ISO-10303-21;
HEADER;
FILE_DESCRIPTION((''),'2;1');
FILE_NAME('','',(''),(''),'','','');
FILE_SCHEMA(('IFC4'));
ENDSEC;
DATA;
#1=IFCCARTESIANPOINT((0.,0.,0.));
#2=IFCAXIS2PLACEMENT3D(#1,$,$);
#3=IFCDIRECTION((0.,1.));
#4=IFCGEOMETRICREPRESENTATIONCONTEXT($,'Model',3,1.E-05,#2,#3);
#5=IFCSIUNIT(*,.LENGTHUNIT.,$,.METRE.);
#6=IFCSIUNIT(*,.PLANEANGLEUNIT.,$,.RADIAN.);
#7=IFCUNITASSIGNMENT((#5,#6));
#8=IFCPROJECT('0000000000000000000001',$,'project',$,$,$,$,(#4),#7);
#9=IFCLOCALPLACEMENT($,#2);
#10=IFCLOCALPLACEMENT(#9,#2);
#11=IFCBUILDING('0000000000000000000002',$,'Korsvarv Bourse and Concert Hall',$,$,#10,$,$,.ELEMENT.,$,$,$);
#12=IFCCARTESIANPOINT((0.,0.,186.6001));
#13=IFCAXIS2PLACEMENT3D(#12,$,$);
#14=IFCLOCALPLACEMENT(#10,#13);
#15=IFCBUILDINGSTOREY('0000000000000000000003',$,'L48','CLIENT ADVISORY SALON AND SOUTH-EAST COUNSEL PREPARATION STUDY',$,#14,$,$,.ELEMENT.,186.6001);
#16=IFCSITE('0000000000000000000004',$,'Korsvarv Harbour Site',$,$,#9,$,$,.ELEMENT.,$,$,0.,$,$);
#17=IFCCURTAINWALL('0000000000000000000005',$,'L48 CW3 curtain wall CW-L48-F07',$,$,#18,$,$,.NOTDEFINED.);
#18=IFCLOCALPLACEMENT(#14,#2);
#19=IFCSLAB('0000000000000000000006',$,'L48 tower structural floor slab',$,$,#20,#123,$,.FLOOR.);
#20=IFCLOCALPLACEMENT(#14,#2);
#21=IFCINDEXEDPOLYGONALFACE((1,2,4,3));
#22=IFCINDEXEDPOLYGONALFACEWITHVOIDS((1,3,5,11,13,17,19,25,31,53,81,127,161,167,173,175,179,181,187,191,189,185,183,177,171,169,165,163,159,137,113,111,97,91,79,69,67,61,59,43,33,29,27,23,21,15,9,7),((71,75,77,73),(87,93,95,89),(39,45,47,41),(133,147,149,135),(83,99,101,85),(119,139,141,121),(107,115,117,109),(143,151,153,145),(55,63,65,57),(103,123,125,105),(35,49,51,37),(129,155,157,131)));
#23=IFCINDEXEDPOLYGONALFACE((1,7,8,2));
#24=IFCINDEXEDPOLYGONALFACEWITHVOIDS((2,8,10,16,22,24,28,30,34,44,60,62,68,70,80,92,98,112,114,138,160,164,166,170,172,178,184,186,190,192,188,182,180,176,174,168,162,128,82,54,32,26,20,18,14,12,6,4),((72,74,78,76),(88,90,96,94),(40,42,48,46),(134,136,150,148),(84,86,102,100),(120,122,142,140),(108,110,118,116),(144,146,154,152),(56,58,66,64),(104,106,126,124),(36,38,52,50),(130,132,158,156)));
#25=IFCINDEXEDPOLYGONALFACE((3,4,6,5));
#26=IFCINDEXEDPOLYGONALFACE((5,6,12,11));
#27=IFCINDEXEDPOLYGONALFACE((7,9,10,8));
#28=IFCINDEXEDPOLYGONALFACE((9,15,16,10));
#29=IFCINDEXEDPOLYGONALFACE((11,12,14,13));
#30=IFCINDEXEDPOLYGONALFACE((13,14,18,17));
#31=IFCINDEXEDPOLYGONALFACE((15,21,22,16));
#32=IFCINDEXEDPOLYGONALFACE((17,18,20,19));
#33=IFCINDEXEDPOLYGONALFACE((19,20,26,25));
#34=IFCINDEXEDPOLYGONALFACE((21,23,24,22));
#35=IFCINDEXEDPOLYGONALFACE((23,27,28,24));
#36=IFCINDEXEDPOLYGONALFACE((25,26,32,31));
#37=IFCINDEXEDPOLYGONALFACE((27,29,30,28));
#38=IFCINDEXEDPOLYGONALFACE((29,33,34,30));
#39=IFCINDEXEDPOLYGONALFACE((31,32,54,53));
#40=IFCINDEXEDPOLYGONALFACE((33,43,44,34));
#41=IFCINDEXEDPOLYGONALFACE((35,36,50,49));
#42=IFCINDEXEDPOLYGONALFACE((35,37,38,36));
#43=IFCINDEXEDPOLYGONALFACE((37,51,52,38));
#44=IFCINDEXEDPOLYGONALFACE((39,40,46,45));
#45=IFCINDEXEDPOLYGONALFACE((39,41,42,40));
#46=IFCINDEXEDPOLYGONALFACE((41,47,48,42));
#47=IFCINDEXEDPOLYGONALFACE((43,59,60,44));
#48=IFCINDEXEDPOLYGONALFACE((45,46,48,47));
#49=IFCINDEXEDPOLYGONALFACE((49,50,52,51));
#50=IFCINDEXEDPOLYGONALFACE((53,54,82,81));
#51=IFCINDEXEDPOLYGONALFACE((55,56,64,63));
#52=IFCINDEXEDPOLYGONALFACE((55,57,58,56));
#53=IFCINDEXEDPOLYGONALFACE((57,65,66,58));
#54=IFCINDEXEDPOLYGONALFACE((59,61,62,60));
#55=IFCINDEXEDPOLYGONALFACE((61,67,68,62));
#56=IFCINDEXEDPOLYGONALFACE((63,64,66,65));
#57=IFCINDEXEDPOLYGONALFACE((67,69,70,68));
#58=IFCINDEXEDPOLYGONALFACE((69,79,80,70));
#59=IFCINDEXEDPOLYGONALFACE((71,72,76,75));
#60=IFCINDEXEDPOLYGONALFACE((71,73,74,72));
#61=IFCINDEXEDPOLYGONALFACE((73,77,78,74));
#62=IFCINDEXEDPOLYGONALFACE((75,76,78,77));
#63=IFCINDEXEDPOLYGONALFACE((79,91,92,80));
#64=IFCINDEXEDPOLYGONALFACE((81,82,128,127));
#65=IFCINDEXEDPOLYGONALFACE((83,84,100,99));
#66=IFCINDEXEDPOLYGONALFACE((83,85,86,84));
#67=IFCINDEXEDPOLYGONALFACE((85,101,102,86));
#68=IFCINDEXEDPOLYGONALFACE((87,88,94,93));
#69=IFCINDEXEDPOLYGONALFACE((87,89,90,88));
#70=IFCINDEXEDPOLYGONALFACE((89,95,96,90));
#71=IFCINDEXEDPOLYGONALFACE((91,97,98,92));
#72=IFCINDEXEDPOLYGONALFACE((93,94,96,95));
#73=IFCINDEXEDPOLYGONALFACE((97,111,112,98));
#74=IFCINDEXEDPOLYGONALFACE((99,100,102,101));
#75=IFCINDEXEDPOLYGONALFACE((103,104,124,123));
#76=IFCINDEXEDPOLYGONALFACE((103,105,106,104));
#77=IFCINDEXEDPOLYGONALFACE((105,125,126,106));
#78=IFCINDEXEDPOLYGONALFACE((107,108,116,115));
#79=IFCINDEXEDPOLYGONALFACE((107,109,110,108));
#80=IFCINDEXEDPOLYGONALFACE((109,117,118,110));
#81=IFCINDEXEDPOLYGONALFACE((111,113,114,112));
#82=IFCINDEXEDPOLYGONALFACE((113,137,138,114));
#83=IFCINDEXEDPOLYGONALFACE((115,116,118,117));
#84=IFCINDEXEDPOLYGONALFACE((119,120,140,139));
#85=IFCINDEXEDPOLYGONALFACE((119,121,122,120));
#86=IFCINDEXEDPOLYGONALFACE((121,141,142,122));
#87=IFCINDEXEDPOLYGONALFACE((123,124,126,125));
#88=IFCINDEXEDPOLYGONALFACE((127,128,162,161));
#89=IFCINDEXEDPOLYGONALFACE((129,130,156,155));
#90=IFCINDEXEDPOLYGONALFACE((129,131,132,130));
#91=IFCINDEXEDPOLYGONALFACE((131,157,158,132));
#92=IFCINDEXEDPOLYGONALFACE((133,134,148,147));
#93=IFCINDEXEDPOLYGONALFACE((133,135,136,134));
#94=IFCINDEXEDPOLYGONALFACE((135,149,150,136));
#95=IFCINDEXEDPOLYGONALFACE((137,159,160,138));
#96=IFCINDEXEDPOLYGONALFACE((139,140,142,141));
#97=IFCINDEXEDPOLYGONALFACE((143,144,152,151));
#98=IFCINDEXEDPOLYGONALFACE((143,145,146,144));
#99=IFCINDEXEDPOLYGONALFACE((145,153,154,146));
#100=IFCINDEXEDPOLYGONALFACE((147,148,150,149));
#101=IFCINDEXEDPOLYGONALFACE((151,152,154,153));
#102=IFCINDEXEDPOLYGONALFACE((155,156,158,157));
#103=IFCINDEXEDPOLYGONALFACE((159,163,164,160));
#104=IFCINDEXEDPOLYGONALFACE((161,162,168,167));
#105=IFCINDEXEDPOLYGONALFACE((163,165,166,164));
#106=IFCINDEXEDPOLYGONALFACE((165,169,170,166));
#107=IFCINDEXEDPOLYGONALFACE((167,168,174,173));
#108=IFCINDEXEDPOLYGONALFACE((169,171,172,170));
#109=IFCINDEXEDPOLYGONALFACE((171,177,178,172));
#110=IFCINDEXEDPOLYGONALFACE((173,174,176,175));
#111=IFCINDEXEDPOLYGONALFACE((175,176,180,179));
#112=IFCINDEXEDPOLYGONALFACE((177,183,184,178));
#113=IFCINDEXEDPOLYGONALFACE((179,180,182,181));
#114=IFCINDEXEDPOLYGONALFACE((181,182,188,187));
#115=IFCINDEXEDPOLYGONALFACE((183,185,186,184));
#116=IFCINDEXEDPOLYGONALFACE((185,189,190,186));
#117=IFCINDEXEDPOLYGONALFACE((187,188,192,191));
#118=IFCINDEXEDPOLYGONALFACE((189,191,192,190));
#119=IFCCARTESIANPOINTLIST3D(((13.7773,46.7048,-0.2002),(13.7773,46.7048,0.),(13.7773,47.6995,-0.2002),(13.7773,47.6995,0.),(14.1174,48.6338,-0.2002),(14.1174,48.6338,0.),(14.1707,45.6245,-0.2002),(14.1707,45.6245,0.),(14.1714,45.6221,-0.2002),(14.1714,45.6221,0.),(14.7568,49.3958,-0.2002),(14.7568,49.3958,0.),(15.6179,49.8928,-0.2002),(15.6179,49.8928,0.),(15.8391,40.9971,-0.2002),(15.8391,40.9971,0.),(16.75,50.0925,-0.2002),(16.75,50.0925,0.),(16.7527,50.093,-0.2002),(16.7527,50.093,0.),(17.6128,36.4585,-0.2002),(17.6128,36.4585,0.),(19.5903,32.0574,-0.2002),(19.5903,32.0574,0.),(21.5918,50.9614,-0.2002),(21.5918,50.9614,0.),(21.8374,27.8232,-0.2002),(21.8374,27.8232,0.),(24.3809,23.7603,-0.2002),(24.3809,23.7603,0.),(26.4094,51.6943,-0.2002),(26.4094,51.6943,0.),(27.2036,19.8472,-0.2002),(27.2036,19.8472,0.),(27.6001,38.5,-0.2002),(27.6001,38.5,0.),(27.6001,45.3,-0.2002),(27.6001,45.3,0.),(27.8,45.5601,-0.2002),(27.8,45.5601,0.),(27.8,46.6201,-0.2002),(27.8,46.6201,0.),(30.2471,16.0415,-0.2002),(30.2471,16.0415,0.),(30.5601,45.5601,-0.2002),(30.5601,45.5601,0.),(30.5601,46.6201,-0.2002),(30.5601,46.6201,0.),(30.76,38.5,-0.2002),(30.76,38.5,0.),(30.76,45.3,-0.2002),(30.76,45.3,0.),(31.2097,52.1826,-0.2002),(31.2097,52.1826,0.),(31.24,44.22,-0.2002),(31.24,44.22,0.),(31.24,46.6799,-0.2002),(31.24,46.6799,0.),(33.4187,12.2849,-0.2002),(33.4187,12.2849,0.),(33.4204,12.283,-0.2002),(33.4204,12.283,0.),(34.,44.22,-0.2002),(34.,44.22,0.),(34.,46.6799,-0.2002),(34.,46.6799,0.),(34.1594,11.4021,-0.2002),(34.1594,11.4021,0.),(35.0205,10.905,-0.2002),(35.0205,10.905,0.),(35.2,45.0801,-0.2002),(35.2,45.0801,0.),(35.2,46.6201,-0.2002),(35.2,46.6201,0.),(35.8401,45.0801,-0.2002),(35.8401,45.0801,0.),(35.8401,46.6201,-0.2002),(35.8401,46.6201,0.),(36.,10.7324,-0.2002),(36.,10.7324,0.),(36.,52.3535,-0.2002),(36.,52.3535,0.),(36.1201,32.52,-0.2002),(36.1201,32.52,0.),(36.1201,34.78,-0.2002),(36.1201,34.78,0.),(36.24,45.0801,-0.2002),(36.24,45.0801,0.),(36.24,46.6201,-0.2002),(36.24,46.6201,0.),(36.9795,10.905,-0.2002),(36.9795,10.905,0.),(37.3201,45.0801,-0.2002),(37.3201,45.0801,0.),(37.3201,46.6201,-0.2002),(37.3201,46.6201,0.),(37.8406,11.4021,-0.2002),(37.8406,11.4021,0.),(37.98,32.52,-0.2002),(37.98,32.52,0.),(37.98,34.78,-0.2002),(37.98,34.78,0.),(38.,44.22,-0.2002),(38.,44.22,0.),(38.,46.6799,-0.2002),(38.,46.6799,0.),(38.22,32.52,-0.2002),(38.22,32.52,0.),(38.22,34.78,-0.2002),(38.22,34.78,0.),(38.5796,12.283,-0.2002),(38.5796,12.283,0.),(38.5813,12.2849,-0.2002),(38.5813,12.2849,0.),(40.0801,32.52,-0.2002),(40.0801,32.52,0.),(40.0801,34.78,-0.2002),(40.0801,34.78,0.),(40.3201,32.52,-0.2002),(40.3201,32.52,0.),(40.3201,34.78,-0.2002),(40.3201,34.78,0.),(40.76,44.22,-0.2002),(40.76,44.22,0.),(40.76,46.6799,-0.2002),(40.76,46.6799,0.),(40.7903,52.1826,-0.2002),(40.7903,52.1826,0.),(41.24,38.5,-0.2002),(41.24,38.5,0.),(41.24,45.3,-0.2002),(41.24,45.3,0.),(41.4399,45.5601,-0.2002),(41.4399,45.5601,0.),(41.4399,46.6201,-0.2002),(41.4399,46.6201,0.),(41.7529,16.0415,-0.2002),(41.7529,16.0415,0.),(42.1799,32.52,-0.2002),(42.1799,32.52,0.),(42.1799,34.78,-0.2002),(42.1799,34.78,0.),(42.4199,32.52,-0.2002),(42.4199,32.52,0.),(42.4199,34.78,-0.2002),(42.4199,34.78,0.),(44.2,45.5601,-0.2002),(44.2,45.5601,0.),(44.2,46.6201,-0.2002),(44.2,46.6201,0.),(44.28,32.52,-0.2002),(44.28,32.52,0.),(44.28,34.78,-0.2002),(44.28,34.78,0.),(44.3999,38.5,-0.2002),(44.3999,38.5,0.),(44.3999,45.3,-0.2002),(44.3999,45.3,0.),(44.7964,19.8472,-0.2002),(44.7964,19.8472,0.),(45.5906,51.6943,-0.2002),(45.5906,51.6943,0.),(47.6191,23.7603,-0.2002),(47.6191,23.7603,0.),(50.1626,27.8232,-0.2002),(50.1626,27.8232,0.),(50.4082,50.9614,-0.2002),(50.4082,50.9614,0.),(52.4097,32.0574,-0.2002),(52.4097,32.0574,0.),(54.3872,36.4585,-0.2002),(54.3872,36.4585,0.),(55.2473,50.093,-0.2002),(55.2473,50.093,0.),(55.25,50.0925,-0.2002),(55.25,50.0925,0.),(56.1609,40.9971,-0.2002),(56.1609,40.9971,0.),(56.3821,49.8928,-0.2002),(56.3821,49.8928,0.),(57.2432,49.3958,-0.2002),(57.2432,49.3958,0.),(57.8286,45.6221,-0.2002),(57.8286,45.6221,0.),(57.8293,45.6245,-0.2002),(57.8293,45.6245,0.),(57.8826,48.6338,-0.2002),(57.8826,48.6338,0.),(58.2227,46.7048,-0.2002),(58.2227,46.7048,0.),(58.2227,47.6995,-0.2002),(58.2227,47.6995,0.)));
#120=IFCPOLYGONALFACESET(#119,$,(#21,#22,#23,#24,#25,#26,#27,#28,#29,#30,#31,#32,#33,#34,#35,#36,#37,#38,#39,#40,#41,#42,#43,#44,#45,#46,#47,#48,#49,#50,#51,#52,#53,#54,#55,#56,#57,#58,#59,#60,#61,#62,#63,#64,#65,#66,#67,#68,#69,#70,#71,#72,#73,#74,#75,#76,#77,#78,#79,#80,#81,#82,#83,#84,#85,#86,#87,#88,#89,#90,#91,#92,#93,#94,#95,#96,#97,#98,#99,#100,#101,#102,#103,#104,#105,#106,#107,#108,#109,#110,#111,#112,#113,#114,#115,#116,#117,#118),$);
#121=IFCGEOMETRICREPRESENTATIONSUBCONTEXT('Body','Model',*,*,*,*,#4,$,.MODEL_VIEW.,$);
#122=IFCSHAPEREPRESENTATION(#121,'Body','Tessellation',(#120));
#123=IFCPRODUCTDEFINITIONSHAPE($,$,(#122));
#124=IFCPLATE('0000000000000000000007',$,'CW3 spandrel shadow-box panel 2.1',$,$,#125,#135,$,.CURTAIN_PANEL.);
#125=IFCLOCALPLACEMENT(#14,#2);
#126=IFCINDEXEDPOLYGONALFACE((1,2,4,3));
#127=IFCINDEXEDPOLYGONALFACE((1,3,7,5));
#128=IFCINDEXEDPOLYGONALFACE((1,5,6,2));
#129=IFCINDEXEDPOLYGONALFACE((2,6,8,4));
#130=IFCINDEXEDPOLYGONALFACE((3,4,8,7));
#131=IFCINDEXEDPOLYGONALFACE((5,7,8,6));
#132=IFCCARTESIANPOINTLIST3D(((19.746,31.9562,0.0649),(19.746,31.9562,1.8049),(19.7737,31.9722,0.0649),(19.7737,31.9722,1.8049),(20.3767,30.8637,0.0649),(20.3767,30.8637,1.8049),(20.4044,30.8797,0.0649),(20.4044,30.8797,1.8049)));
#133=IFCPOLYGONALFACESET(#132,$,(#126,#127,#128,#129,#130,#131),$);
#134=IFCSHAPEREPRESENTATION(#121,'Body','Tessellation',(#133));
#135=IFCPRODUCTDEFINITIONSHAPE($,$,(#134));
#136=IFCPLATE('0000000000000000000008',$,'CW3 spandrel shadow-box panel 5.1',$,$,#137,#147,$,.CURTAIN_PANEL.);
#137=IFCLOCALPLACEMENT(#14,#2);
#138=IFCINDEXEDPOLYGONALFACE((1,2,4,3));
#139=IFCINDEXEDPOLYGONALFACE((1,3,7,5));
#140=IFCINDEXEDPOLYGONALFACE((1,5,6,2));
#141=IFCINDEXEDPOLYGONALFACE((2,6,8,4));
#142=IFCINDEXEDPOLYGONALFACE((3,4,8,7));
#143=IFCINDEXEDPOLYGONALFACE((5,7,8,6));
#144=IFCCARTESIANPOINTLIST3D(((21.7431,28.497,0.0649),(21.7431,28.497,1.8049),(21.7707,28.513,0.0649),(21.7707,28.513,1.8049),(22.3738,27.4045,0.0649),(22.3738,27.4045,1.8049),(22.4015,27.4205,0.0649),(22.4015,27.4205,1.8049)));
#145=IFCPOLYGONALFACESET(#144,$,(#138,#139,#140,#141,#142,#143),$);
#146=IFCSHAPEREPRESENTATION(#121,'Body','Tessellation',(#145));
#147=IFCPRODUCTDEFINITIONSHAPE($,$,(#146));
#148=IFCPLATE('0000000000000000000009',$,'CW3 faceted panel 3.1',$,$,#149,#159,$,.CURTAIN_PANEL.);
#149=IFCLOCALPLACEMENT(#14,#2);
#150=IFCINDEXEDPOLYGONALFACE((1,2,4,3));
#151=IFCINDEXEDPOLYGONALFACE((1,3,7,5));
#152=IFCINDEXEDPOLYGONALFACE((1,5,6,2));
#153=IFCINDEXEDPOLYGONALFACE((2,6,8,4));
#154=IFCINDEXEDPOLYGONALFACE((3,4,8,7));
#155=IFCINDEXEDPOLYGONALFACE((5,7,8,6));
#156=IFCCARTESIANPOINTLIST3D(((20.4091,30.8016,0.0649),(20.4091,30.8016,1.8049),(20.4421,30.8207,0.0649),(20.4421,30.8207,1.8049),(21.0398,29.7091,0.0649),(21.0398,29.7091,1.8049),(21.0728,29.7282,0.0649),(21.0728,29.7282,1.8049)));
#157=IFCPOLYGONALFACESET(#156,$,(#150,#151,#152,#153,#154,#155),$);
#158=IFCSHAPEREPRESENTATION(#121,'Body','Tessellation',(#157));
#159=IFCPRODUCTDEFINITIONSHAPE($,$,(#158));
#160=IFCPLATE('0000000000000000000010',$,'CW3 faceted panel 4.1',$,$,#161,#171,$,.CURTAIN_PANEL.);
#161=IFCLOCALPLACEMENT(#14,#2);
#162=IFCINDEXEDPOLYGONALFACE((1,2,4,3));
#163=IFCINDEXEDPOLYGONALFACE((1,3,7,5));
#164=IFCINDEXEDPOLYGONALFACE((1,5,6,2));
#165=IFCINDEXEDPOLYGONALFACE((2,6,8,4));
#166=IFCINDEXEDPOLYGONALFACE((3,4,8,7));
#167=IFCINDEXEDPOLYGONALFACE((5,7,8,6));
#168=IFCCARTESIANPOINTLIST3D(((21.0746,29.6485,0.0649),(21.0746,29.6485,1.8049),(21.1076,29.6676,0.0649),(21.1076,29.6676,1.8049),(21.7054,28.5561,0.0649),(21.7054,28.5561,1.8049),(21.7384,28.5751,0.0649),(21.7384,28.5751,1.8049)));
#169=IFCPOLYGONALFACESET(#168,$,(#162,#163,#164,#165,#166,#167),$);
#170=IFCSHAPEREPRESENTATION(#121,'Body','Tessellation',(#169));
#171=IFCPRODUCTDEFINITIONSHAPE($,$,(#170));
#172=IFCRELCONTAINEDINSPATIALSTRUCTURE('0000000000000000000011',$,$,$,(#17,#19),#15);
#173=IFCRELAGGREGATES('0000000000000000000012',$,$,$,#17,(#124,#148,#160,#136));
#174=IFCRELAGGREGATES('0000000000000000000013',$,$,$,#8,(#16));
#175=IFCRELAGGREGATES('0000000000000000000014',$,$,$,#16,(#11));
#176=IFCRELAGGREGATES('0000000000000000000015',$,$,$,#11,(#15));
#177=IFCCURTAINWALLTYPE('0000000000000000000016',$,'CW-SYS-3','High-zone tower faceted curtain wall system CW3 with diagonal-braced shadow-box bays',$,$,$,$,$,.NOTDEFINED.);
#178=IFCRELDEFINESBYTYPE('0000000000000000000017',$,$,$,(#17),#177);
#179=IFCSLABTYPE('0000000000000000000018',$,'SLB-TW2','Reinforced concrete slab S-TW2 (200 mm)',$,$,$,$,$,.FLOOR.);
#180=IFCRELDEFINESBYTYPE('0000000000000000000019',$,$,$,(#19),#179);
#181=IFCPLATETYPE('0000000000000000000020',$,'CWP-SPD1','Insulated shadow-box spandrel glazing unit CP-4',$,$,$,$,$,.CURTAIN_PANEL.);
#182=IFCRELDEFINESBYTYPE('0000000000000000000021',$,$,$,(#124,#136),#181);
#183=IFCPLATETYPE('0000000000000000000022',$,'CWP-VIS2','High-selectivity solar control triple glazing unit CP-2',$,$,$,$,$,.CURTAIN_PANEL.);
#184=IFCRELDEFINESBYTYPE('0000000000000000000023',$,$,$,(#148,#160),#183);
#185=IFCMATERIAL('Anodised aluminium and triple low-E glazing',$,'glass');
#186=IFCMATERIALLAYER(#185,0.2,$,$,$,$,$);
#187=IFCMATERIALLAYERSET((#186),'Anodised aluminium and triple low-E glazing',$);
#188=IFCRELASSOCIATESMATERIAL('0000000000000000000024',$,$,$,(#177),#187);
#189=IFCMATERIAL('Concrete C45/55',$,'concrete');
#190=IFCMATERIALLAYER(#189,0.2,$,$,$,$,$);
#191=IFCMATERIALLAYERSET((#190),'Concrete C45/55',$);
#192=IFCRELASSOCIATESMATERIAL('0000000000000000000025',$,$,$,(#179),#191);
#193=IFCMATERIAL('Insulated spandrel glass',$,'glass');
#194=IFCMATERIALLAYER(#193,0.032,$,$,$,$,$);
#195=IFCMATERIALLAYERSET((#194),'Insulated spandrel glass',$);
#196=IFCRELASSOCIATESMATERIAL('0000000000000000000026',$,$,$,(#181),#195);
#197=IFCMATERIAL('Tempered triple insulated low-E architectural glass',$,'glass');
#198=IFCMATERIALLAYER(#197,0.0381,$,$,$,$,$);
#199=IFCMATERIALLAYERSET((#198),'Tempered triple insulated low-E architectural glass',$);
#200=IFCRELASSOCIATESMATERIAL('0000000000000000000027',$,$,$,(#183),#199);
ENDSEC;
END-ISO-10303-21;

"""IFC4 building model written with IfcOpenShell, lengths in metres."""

from ifc_helpers import new_model, si_unit, direction, frame, origin, origin_2d, place, context, subcontext, project, spatial, polyline, rectangle, outline, extrude, source, transform, mapped, material, layer, layer_set, type_object, element, aggregate, save


model = new_model("IFC4")

# Units and contexts
model_context = context("Model", 3, precision=1e-05, world=origin(), true_north=direction((0.0, 1.0)))
body_context = subcontext(model_context, "Body", "Model", "MODEL_VIEW")
ifc_project = project(units=[si_unit("LENGTHUNIT", "METRE"), si_unit("PLANEANGLEUNIT", "RADIAN")], contexts=[model_context])

# Site, building, storey
site_placement = place(None, origin())
site = spatial("IfcSite", under=ifc_project, at=site_placement, Name="Korsvarv Harbour Site", CompositionType="ELEMENT", RefElevation=0.0)
building_placement = place(site_placement, origin())
building = spatial("IfcBuilding", under=site, at=building_placement, Name="Korsvarv Bourse and Concert Hall", CompositionType="ELEMENT")
storey_placement = place(building_placement, frame((0.0, 0.0, 186.6001)))
storey = spatial("IfcBuildingStorey", under=building, at=storey_placement, Name="L48", Description="CLIENT ADVISORY SALON AND SOUTH-EAST COUNSEL PREPARATION STUDY", CompositionType="ELEMENT", Elevation=186.6001)

# Curtain wall
ifc_material_1 = material(Name="Anodised aluminium and triple low-E glazing", Category="glass")
ifc_layer_1 = layer(ifc_material_1, 0.2)
ifc_layer_set_1 = layer_set([ifc_layer_1], Name="Anodised aluminium and triple low-E glazing")
curtain_wall_type = type_object("IfcCurtainWallType", Name="CW-SYS-3", Description="High-zone tower faceted curtain wall system CW3 with diagonal-braced shadow-box bays", PredefinedType="NOTDEFINED", material=ifc_layer_set_1)
curtain_wall_placement = place(storey_placement, origin())
curtain_wall = element("IfcCurtainWall", 1, at=curtain_wall_placement, inside=storey, type_object=curtain_wall_type, Name="L48 CW3 curtain wall CW-L48-F07", PredefinedType="NOTDEFINED")

# Slab
ifc_material_2 = material(Name="Concrete C45/55", Category="concrete")
ifc_layer_2 = layer(ifc_material_2, 0.2)
ifc_layer_set_2 = layer_set([ifc_layer_2], Name="Concrete C45/55")
slab_type_1 = type_object("IfcSlabType", Name="SLB-TW2", Description="Reinforced concrete slab S-TW2 (200 mm)", PredefinedType="FLOOR", material=ifc_layer_set_2)
slab_1_placement = place(storey_placement, frame((0.0, 0.0, -0.2002)))
element("IfcSlab", 2, at=slab_1_placement, inside=storey, type_object=slab_type_1, Name="L48 tower structural floor slab", PredefinedType="FLOOR", context=body_context, shape_type="SweptSolid", body=[
    extrude(outline(polyline([(57.8286, 45.6221), (56.1609, 40.9971), (54.3872, 36.4585), (52.4097, 32.0574), (50.1626, 27.8232), (47.6191, 23.7603), (44.7964, 19.8472), (41.7529, 16.0415), (38.5813, 12.2849), (38.5796, 12.283), (37.8406, 11.4021), (36.9795, 10.905), (36.0, 10.7324), (35.0205, 10.905), (34.1594, 11.4021), (33.4204, 12.283), (33.4187, 12.2849), (30.2471, 16.0415), (27.2036, 19.8472), (24.3809, 23.7603), (21.8374, 27.8232), (19.5903, 32.0574), (17.6128, 36.4585), (15.8391, 40.9971), (14.1714, 45.6221), (14.1707, 45.6245), (13.7773, 46.7048), (13.7773, 47.6995), (14.1174, 48.6338), (14.7568, 49.3958), (15.6179, 49.8928), (16.75, 50.0925), (16.7527, 50.093), (21.5918, 50.9614), (26.4094, 51.6943), (31.2097, 52.1826), (36.0, 52.3535), (40.7903, 52.1826), (45.5906, 51.6943), (50.4082, 50.9614), (55.2473, 50.093), (55.25, 50.0925), (56.3821, 49.8928), (57.2432, 49.3958), (57.8826, 48.6338), (58.2227, 47.6995), (58.2227, 46.7048), (57.8293, 45.6245), (57.8286, 45.6221)]), holes=[polyline([(30.76, 38.5), (30.76, 45.3), (27.6001, 45.3), (27.6001, 38.5), (30.76, 38.5)]), polyline([(44.3999, 38.5), (44.3999, 45.3), (41.24, 45.3), (41.24, 38.5), (44.3999, 38.5)]), polyline([(31.24, 44.22), (34.0, 44.22), (34.0, 46.6799), (31.24, 46.6799), (31.24, 44.22)]), polyline([(38.0, 44.22), (40.76, 44.22), (40.76, 46.6799), (38.0, 46.6799), (38.0, 44.22)]), polyline([(36.1201, 32.52), (37.98, 32.52), (37.98, 34.78), (36.1201, 34.78), (36.1201, 32.52)]), polyline([(38.22, 32.52), (40.0801, 32.52), (40.0801, 34.78), (38.22, 34.78), (38.22, 32.52)]), polyline([(40.3201, 32.52), (42.1799, 32.52), (42.1799, 34.78), (40.3201, 34.78), (40.3201, 32.52)]), polyline([(42.4199, 32.52), (44.28, 32.52), (44.28, 34.78), (42.4199, 34.78), (42.4199, 32.52)]), polyline([(27.8, 45.5601), (30.5601, 45.5601), (30.5601, 46.6201), (27.8, 46.6201), (27.8, 45.5601)]), polyline([(41.4399, 45.5601), (44.2, 45.5601), (44.2, 46.6201), (41.4399, 46.6201), (41.4399, 45.5601)]), polyline([(35.2, 45.0801), (35.8401, 45.0801), (35.8401, 46.6201), (35.2, 46.6201), (35.2, 45.0801)]), polyline([(36.24, 45.0801), (37.3201, 45.0801), (37.3201, 46.6201), (36.24, 46.6201), (36.24, 45.0801)])]), origin(), (0.0, 0.0, 1.0), 0.2002),
])

# Plates
ifc_material_3 = material(Name="Insulated spandrel glass", Category="glass")
ifc_layer_3 = layer(ifc_material_3, 0.032)
ifc_layer_set_3 = layer_set([ifc_layer_3], Name="Insulated spandrel glass")
plate_type_1 = type_object("IfcPlateType", Name="CWP-SPD1", Description="Insulated shadow-box spandrel glazing unit CP-4", PredefinedType="CURTAIN_PANEL", material=ifc_layer_set_3)
shared_shape_1 = source(origin(), body_context, "Body", "SweptSolid", [
    extrude(rectangle(XDim=1.2615, YDim=0.032, at=origin_2d()), origin(), (0.0, 0.0, 1.0), 1.74),
])
plate_1_placement = place(storey_placement, frame((20.0752, 31.418, 0.0649), z_axis=(0.0, 0.0, 1.0), x_axis=(0.499994, -0.866029, 0.0)))
plate_1 = element("IfcPlate", 3, at=plate_1_placement, type_object=plate_type_1, Name="CW3 spandrel shadow-box panel 2.1", PredefinedType="CURTAIN_PANEL", context=body_context, shape_type="MappedRepresentation", body=[
    mapped(shared_shape_1, transform((0.0, 0.0, 0.0), scale=1.0)),
])
plate_2_placement = place(storey_placement, frame((22.0723, 27.9587, 0.0649), z_axis=(0.0, 0.0, 1.0), x_axis=(0.499994, -0.866029, 0.0)))
plate_2 = element("IfcPlate", 4, at=plate_2_placement, type_object=plate_type_1, Name="CW3 spandrel shadow-box panel 5.1", PredefinedType="CURTAIN_PANEL", context=body_context, shape_type="MappedRepresentation", body=[
    mapped(shared_shape_1, transform((0.0, 0.0, 0.0), scale=1.0)),
])
ifc_material_4 = material(Name="Tempered triple insulated low-E architectural glass", Category="glass")
ifc_layer_4 = layer(ifc_material_4, 0.0381)
ifc_layer_set_4 = layer_set([ifc_layer_4], Name="Tempered triple insulated low-E architectural glass")
plate_type_2 = type_object("IfcPlateType", Name="CWP-VIS2", Description="High-selectivity solar control triple glazing unit CP-2", PredefinedType="CURTAIN_PANEL", material=ifc_layer_set_4)
shared_shape_2 = source(origin(), body_context, "Body", "SweptSolid", [
    extrude(rectangle(XDim=1.2615, YDim=0.0381, at=origin_2d()), origin(), (0.0, 0.0, 1.0), 1.74),
])
plate_3_placement = place(storey_placement, frame((20.741, 30.2649, 0.0649), z_axis=(0.0, 0.0, 1.0), x_axis=(0.499994, -0.866029, 0.0)))
plate_3 = element("IfcPlate", 5, at=plate_3_placement, type_object=plate_type_2, Name="CW3 faceted panel 3.1", PredefinedType="CURTAIN_PANEL", context=body_context, shape_type="MappedRepresentation", body=[
    mapped(shared_shape_2, transform((0.0, 0.0, 0.0), scale=1.0)),
])
plate_4_placement = place(storey_placement, frame((21.4065, 29.1118, 0.0649), z_axis=(0.0, 0.0, 1.0), x_axis=(0.499994, -0.866029, 0.0)))
plate_4 = element("IfcPlate", 6, at=plate_4_placement, type_object=plate_type_2, Name="CW3 faceted panel 4.1", PredefinedType="CURTAIN_PANEL", context=body_context, shape_type="MappedRepresentation", body=[
    mapped(shared_shape_2, transform((0.0, 0.0, 0.0), scale=1.0)),
])
aggregate(curtain_wall, [plate_1, plate_3, plate_4, plate_2])

save(model, "model.ifc")
